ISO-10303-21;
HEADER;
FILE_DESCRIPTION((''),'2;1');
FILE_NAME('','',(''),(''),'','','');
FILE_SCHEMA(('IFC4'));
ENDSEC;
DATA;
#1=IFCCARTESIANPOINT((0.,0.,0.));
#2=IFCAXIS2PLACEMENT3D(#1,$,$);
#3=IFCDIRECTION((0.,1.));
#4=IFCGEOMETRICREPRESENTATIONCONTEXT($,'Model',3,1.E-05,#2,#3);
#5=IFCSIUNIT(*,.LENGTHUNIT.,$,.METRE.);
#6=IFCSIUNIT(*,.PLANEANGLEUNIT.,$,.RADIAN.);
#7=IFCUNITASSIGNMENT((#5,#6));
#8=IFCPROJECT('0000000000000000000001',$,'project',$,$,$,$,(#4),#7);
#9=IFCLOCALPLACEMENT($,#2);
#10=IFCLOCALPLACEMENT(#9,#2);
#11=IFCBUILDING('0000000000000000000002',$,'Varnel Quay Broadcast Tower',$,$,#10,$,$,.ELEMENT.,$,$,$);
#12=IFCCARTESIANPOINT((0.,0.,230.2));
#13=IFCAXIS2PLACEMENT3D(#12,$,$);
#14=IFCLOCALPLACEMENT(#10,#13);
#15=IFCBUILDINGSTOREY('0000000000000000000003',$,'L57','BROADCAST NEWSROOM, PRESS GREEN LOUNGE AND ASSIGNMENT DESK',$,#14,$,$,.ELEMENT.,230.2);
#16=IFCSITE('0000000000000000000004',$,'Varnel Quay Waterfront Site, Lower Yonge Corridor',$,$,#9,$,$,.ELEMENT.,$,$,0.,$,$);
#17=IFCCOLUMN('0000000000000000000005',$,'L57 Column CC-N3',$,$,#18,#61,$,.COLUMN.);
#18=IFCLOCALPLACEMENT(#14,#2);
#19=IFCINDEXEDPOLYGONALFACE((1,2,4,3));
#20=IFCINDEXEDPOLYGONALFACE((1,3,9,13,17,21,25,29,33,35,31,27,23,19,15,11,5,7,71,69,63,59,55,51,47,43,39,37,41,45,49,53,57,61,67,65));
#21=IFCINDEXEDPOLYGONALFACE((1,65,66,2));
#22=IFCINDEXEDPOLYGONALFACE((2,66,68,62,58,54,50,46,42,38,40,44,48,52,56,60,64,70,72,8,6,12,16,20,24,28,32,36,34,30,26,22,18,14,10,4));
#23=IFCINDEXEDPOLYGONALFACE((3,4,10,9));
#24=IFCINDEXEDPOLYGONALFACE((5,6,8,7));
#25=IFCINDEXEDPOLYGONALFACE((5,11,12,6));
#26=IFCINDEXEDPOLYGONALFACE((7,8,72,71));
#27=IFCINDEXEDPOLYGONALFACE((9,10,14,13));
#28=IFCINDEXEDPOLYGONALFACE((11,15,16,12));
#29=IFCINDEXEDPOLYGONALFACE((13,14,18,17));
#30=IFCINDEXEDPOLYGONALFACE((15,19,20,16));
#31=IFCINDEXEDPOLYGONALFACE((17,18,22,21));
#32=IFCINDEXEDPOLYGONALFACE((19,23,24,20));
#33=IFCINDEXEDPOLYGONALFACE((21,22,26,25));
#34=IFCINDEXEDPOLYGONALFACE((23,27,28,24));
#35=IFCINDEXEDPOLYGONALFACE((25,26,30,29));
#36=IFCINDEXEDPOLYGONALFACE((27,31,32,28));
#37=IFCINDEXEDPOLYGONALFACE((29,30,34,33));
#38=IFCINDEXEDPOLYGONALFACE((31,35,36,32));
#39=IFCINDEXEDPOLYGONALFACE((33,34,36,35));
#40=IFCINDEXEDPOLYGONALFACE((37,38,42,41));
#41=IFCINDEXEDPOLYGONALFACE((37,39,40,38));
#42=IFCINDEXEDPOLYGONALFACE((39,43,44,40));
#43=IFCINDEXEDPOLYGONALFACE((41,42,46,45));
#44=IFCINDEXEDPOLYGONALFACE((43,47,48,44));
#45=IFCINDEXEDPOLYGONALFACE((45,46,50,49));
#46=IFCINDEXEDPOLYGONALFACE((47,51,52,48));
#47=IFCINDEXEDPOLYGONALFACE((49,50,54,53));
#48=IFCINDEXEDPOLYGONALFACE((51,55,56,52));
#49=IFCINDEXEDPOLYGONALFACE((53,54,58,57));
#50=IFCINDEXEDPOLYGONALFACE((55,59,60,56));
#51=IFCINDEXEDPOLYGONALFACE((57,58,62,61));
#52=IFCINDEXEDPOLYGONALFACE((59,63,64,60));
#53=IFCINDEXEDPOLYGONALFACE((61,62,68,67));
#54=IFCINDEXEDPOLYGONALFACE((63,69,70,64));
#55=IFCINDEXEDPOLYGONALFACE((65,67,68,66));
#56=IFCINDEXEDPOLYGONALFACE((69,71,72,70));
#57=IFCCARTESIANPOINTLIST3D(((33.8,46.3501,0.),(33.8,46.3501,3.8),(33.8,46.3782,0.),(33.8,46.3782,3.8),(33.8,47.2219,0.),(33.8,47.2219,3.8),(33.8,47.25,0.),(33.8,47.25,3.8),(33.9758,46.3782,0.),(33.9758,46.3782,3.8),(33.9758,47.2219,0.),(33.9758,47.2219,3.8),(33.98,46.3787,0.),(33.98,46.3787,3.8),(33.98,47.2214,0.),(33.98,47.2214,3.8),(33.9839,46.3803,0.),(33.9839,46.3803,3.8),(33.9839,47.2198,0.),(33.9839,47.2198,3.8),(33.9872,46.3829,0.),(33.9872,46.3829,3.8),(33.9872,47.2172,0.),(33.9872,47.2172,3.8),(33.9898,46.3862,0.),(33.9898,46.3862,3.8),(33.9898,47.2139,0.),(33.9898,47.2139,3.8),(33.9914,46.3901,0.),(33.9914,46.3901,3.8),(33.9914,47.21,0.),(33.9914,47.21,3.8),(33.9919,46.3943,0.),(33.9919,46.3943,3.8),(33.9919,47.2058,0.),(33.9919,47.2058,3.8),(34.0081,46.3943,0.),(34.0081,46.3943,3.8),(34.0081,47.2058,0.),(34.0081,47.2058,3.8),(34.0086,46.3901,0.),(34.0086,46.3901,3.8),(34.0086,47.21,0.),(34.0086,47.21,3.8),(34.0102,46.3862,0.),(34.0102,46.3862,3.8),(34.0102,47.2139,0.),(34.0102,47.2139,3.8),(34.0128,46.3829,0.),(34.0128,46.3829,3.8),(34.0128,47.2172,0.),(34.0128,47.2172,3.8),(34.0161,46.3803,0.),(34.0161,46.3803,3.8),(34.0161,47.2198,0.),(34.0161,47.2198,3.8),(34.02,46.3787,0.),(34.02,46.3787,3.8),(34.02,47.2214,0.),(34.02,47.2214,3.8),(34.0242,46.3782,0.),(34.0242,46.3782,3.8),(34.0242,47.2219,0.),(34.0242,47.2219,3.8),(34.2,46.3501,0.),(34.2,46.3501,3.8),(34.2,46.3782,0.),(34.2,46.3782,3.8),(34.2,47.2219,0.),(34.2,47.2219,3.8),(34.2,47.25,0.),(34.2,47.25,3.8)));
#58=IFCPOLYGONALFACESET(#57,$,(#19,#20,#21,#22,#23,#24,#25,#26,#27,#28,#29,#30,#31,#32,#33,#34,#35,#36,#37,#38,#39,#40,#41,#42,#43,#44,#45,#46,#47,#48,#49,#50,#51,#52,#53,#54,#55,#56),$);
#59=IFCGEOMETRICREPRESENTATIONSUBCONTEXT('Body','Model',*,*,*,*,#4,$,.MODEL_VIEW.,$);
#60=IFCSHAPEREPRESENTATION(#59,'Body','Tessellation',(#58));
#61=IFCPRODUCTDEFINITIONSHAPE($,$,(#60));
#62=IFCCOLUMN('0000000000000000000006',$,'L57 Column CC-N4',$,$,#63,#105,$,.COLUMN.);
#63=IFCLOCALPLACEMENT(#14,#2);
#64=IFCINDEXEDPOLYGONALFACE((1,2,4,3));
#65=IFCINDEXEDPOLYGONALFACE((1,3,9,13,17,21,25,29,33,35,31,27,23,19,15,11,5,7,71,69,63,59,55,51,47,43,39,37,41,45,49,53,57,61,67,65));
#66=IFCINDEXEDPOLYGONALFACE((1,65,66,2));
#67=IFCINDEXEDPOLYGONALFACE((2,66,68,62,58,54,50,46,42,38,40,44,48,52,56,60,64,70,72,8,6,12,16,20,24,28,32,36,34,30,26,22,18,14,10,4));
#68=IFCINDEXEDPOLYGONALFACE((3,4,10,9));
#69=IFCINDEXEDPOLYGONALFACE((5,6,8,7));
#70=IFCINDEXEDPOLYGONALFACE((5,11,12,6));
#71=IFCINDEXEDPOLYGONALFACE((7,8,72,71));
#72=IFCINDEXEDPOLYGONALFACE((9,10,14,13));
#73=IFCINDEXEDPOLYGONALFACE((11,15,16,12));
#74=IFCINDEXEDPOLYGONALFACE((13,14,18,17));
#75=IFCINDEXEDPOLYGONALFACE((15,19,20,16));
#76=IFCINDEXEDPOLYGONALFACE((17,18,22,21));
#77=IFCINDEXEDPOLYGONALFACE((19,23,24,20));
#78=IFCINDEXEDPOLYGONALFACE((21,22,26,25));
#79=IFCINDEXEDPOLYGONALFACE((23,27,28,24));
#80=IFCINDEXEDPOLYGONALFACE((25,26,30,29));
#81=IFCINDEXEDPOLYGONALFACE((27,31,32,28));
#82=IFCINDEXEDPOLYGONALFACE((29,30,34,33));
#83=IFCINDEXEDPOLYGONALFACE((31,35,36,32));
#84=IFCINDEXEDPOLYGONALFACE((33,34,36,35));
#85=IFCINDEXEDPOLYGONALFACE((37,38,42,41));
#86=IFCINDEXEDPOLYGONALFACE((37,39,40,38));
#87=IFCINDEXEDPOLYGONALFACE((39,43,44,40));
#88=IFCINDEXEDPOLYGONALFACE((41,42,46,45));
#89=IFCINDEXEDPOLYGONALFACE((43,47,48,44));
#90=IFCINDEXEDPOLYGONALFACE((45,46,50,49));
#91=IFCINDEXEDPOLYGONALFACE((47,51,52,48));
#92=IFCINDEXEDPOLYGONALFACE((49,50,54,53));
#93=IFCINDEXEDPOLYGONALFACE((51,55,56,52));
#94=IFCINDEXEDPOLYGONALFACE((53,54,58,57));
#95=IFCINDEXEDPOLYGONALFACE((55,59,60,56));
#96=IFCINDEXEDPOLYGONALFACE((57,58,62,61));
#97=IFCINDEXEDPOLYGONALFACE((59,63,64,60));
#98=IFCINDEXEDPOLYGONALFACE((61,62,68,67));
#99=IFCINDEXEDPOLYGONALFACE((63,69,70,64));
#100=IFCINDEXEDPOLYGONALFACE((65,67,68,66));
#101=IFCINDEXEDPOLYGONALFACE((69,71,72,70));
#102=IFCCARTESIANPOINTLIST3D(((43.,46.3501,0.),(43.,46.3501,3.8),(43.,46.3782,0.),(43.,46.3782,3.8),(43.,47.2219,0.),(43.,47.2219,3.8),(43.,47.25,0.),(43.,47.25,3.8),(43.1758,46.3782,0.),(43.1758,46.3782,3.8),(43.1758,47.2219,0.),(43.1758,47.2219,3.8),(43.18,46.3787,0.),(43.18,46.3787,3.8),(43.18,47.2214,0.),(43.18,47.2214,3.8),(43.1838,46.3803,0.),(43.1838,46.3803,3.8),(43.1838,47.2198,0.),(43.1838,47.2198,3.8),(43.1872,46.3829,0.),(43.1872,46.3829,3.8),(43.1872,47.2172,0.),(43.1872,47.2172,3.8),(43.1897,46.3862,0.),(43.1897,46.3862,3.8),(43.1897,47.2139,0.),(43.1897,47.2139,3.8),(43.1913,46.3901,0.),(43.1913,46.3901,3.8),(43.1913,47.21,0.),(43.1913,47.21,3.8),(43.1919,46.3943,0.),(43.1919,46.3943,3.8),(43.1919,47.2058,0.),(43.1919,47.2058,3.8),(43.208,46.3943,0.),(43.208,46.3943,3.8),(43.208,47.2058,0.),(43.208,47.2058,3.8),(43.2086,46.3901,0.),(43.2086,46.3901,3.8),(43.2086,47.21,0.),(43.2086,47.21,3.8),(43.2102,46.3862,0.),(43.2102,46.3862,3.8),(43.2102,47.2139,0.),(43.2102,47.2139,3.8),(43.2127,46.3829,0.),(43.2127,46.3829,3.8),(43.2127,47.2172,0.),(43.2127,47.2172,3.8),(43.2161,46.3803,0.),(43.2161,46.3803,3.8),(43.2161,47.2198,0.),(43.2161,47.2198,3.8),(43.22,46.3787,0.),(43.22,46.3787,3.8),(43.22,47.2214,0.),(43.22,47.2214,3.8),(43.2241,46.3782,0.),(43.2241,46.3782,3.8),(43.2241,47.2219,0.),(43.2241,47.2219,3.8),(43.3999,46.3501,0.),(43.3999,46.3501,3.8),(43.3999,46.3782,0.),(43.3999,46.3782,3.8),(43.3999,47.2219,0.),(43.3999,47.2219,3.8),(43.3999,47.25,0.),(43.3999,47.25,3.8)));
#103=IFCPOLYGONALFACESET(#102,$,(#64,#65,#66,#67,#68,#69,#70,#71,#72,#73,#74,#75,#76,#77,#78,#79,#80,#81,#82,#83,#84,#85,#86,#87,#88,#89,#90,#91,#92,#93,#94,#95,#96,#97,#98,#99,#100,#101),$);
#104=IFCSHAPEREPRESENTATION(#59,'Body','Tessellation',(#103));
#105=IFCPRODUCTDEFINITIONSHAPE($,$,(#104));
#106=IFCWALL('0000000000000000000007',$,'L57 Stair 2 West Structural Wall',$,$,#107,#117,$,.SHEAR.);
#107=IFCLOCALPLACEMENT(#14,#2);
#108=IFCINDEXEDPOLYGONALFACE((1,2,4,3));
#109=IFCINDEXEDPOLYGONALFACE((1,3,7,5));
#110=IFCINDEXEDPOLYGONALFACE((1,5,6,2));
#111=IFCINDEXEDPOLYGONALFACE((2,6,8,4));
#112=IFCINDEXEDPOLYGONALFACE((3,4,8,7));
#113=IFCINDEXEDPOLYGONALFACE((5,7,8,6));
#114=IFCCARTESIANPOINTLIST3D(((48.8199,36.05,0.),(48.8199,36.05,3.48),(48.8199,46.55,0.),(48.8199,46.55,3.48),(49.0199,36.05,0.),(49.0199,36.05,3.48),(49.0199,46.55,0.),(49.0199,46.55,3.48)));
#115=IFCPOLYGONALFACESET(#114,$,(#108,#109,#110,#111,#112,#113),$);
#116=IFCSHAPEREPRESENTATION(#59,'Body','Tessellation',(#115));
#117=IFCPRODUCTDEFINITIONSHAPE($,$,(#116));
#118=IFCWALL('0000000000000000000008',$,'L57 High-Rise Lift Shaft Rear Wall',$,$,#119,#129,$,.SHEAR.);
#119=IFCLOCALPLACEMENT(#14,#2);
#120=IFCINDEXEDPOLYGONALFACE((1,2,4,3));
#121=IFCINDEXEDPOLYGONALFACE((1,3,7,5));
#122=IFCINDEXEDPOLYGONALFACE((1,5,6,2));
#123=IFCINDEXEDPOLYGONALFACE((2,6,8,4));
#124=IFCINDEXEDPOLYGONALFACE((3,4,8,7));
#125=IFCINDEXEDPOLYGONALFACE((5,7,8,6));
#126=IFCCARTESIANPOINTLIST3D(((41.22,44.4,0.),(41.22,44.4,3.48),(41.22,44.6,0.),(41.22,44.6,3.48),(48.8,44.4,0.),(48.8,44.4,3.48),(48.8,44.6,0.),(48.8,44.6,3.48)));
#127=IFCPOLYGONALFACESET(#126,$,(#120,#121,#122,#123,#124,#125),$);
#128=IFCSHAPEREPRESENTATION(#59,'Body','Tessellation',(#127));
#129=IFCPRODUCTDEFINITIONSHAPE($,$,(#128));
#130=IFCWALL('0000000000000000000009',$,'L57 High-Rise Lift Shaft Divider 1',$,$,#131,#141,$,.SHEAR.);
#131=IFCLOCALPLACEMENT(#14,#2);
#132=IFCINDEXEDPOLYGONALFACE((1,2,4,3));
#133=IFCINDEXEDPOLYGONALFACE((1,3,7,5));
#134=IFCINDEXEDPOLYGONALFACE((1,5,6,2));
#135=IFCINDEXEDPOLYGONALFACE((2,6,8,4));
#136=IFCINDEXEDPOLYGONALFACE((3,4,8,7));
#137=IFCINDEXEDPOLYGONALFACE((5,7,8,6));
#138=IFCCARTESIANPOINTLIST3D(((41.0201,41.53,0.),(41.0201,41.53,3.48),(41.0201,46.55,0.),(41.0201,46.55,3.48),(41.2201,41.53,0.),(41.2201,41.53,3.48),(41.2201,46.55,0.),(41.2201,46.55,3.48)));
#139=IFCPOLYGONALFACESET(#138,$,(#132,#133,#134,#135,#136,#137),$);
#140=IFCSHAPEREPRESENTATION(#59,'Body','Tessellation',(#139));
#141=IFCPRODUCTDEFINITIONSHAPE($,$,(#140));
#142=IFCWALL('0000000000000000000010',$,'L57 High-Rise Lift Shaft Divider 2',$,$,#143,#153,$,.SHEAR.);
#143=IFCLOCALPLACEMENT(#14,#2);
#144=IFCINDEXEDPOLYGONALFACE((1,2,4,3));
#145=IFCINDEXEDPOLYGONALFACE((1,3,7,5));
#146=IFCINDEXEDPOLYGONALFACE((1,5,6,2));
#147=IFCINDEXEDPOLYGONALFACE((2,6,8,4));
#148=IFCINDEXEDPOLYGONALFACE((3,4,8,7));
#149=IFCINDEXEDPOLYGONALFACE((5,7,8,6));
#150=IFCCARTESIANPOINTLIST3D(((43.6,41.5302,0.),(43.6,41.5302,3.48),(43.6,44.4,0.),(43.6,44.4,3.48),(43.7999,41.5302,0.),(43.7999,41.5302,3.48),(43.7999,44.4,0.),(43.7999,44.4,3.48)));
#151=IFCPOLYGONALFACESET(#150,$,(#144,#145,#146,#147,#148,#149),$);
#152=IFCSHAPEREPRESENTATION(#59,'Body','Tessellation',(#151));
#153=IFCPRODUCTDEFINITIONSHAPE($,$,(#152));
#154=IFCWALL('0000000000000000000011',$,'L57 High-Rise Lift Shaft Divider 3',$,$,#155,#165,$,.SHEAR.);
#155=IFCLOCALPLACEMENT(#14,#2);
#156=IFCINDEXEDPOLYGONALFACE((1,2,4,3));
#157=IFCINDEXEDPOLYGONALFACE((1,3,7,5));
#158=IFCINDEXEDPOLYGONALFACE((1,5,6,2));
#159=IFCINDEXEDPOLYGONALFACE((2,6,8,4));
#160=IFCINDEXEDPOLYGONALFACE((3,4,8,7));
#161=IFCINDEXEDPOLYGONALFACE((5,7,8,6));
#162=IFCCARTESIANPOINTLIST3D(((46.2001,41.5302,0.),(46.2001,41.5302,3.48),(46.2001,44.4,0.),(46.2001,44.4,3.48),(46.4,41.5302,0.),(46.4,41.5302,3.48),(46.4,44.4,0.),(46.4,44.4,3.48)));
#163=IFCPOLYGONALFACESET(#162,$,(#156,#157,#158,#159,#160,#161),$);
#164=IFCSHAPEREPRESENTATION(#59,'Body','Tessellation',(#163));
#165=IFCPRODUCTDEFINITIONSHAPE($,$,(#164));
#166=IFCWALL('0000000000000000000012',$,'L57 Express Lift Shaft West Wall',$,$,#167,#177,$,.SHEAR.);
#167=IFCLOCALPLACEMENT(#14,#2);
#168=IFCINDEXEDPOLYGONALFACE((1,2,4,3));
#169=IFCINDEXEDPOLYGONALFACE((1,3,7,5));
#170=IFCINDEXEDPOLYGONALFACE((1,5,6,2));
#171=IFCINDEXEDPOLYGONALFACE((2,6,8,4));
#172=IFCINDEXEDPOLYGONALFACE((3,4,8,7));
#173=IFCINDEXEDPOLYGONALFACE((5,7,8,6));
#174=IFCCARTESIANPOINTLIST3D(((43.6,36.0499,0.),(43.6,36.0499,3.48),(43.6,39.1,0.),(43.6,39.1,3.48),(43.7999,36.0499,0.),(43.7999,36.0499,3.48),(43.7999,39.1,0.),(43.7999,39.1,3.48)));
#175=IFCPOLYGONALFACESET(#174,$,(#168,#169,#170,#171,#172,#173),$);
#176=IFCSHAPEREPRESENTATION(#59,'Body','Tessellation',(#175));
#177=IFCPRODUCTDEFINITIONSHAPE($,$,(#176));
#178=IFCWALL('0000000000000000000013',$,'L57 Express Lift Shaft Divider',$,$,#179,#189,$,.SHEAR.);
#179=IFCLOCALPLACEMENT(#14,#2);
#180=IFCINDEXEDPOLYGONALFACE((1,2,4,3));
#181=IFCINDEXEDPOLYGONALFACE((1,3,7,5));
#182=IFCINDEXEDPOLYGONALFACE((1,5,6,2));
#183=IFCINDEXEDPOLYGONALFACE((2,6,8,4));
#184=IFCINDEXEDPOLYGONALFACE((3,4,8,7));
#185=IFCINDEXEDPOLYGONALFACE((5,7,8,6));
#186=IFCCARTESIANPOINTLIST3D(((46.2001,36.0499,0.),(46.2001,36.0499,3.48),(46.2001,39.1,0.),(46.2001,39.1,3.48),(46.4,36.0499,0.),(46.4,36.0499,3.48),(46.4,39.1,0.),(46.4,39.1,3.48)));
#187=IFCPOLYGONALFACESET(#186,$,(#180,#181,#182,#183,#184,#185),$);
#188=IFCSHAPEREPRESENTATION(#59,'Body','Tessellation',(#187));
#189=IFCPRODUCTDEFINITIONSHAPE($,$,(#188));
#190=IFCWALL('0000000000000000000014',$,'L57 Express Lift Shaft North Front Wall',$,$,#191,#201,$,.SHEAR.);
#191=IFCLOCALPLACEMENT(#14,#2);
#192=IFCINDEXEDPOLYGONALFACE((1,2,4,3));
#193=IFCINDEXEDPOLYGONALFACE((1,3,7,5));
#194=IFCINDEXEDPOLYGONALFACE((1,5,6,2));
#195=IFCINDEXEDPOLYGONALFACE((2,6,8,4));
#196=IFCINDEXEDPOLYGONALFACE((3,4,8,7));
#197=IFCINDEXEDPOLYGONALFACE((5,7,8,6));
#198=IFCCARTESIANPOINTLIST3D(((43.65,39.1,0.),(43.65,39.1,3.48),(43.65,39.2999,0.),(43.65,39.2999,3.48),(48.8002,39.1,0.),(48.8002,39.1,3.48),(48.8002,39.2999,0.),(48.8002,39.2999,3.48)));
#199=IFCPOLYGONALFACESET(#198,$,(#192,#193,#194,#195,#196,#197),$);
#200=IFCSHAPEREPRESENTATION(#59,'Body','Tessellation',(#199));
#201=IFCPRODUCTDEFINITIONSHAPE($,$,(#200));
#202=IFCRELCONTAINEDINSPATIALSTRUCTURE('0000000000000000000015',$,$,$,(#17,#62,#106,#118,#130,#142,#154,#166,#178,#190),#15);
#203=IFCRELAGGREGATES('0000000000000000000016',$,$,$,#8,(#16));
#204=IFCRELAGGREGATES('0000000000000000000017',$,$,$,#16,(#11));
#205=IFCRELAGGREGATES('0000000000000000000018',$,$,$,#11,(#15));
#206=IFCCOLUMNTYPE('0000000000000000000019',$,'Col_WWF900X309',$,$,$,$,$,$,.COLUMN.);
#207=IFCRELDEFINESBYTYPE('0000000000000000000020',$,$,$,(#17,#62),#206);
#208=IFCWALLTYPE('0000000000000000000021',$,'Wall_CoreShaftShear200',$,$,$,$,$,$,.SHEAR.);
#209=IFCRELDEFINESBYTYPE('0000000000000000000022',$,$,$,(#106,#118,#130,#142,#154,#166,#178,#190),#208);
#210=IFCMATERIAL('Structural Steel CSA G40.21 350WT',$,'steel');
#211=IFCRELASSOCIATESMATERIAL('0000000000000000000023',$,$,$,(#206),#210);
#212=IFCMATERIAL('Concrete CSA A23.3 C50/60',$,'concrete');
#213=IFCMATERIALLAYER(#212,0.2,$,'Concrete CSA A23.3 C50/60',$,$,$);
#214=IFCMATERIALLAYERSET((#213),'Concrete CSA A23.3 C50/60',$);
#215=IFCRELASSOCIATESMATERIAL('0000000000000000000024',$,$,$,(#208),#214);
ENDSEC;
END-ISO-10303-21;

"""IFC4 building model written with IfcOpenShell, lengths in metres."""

from ifc_helpers import new_model, si_unit, direction, frame, frame_2d, origin, origin_2d, place, context, subcontext, project, spatial, rectangle, i_section, extrude, source, transform, mapped, material, layer, layer_set, material_profile, profile_set, type_object, type_shapes, element, save


model = new_model("IFC4")

# Units and contexts
model_context = context("Model", 3, precision=1e-05, world=origin(), true_north=direction((0.0, 1.0)))
body_context = subcontext(model_context, "Body", "Model", "MODEL_VIEW")
ifc_project = project(units=[si_unit("LENGTHUNIT", "METRE"), si_unit("PLANEANGLEUNIT", "RADIAN")], contexts=[model_context])

# Site, building, storey
site_placement = place(None, origin())
site = spatial("IfcSite", under=ifc_project, at=site_placement, Name="Varnel Quay Waterfront Site, Lower Yonge Corridor", CompositionType="ELEMENT", RefElevation=0.0)
building_placement = place(site_placement, origin())
building = spatial("IfcBuilding", under=site, at=building_placement, Name="Varnel Quay Broadcast Tower", CompositionType="ELEMENT")
storey_placement = place(building_placement, frame((0.0, 0.0, 230.2)))
storey = spatial("IfcBuildingStorey", under=building, at=storey_placement, Name="L57", Description="BROADCAST NEWSROOM, PRESS GREEN LOUNGE AND ASSIGNMENT DESK", CompositionType="ELEMENT", Elevation=230.2)

# Columns
ifc_material_1 = material(Name="Structural Steel CSA G40.21 350WT", Category="steel")
ifc_material_profile = material_profile(ifc_material_1, i_section(OverallWidth=0.3999, OverallDepth=0.8999, WebThickness=0.0161, FlangeThickness=0.0281, FilletRadius=0.0161, at=origin_2d()), Name="WWF900X309")
ifc_profile_set = profile_set([ifc_material_profile], Name="Structural Steel CSA G40.21 350WT")
column_type = type_object("IfcColumnType", Name="Col_WWF900X309", PredefinedType="COLUMN", material=ifc_profile_set)
shared_shape_1 = source(origin(), body_context, "Body", "SweptSolid", [
    extrude(i_section(OverallWidth=0.3999, OverallDepth=0.8999, WebThickness=0.0161, FlangeThickness=0.0281, FilletRadius=0.0161, at=origin_2d()), origin(), (0.0, 0.0, 1.0), 3.8),
])
type_shapes(column_type, [shared_shape_1])
for number, where, z_axis, x_axis, name in (
    (1, (34.0, 46.8, 0.0), (0.0, 0.0, 1.0), (1.0, 0.0, 0.0), "L57 Column CC-N3"),
    (2, (43.2, 46.8, 0.0), (0.0, 0.0, 1.0), (1.0, 0.0, 0.0), "L57 Column CC-N4"),
):
    element("IfcColumn", number, at=place(storey_placement, frame(where, z_axis=z_axis, x_axis=x_axis)), inside=storey, type_object=column_type, Name=name, PredefinedType="COLUMN", context=body_context, shape_type="MappedRepresentation", body=[
        mapped(shared_shape_1, transform((0.0, 0.0, 0.0), x_axis=(1.0, 0.0, 0.0), y_axis=(0.0, 1.0, 0.0), z_axis=(0.0, 0.0, 1.0), scale=1.0)),
    ])

# Walls
ifc_material_2 = material(Name="Concrete CSA A23.3 C50/60", Category="concrete")
ifc_layer_1 = layer(ifc_material_2, 0.2, Name="Concrete CSA A23.3 C50/60")
ifc_layer_set_1 = layer_set([ifc_layer_1], Name="Concrete CSA A23.3 C50/60")
wall_type_1 = type_object("IfcWallType", Name="Wall_CoreShaftShear200", PredefinedType="SHEAR", material=ifc_layer_set_1)
wall_1_placement = place(storey_placement, frame((48.9199, 36.05, 0.0), z_axis=(0.0, 0.0, 1.0), x_axis=(0.0, 1.0, 0.0)))
element("IfcWall", 3, at=wall_1_placement, inside=storey, type_object=wall_type_1, Name="L57 Stair 2 West Structural Wall", PredefinedType="SHEAR", context=body_context, shape_type="SweptSolid", body=[
    extrude(rectangle(XDim=10.5, YDim=0.2, at=frame_2d((5.25, 0.0))), origin(), (0.0, 0.0, 1.0), 3.48),
])
wall_2_placement = place(storey_placement, frame((41.22, 44.5, 0.0), z_axis=(0.0, 0.0, 1.0), x_axis=(1.0, 0.0, 0.0)))
element("IfcWall", 4, at=wall_2_placement, inside=storey, type_object=wall_type_1, Name="L57 High-Rise Lift Shaft Rear Wall", PredefinedType="SHEAR", context=body_context, shape_type="SweptSolid", body=[
    extrude(rectangle(XDim=7.5801, YDim=0.2, at=frame_2d((3.79, 0.0))), origin(), (0.0, 0.0, 1.0), 3.48),
])
wall_3_placement = place(storey_placement, frame((41.1201, 41.53, 0.0), z_axis=(0.0, 0.0, 1.0), x_axis=(0.0, 1.0, 0.0)))
element("IfcWall", 5, at=wall_3_placement, inside=storey, type_object=wall_type_1, Name="L57 High-Rise Lift Shaft Divider 1", PredefinedType="SHEAR", context=body_context, shape_type="SweptSolid", body=[
    extrude(rectangle(XDim=5.02, YDim=0.2, at=frame_2d((2.51, 0.0))), origin(), (0.0, 0.0, 1.0), 3.48),
])
for number, where, z_axis, x_axis, name in (
    (6, (43.7, 41.53, 0.0), (0.0, 0.0, 1.0), (0.0, 1.0, 0.0), "L57 High-Rise Lift Shaft Divider 2"),
    (7, (46.3, 41.53, 0.0), (0.0, 0.0, 1.0), (0.0, 1.0, 0.0), "L57 High-Rise Lift Shaft Divider 3"),
):
    element("IfcWall", number, at=place(storey_placement, frame(where, z_axis=z_axis, x_axis=x_axis)), inside=storey, type_object=wall_type_1, Name=name, PredefinedType="SHEAR", context=body_context, shape_type="SweptSolid", body=[
        extrude(rectangle(XDim=2.8699, YDim=0.2, at=frame_2d((1.4351, 0.0))), origin(), (0.0, 0.0, 1.0), 3.48),
    ])
for number, where, z_axis, x_axis, name in (
    (8, (43.7, 36.05, 0.0), (0.0, 0.0, 1.0), (0.0, 1.0, 0.0), "L57 Express Lift Shaft West Wall"),
    (9, (46.3, 36.05, 0.0), (0.0, 0.0, 1.0), (0.0, 1.0, 0.0), "L57 Express Lift Shaft Divider"),
):
    element("IfcWall", number, at=place(storey_placement, frame(where, z_axis=z_axis, x_axis=x_axis)), inside=storey, type_object=wall_type_1, Name=name, PredefinedType="SHEAR", context=body_context, shape_type="SweptSolid", body=[
        extrude(rectangle(XDim=3.05, YDim=0.2, at=frame_2d((1.5249, 0.0))), origin(), (0.0, 0.0, 1.0), 3.48),
    ])
wall_4_placement = place(storey_placement, frame((43.6499, 39.2, 0.0), z_axis=(0.0, 0.0, 1.0), x_axis=(1.0, 0.0, 0.0)))
element("IfcWall", 10, at=wall_4_placement, inside=storey, type_object=wall_type_1, Name="L57 Express Lift Shaft North Front Wall", PredefinedType="SHEAR", context=body_context, shape_type="SweptSolid", body=[
    extrude(rectangle(XDim=5.1501, YDim=0.2, at=frame_2d((2.5752, 0.0))), origin(), (0.0, 0.0, 1.0), 3.48),
])

save(model, "model.ifc")
